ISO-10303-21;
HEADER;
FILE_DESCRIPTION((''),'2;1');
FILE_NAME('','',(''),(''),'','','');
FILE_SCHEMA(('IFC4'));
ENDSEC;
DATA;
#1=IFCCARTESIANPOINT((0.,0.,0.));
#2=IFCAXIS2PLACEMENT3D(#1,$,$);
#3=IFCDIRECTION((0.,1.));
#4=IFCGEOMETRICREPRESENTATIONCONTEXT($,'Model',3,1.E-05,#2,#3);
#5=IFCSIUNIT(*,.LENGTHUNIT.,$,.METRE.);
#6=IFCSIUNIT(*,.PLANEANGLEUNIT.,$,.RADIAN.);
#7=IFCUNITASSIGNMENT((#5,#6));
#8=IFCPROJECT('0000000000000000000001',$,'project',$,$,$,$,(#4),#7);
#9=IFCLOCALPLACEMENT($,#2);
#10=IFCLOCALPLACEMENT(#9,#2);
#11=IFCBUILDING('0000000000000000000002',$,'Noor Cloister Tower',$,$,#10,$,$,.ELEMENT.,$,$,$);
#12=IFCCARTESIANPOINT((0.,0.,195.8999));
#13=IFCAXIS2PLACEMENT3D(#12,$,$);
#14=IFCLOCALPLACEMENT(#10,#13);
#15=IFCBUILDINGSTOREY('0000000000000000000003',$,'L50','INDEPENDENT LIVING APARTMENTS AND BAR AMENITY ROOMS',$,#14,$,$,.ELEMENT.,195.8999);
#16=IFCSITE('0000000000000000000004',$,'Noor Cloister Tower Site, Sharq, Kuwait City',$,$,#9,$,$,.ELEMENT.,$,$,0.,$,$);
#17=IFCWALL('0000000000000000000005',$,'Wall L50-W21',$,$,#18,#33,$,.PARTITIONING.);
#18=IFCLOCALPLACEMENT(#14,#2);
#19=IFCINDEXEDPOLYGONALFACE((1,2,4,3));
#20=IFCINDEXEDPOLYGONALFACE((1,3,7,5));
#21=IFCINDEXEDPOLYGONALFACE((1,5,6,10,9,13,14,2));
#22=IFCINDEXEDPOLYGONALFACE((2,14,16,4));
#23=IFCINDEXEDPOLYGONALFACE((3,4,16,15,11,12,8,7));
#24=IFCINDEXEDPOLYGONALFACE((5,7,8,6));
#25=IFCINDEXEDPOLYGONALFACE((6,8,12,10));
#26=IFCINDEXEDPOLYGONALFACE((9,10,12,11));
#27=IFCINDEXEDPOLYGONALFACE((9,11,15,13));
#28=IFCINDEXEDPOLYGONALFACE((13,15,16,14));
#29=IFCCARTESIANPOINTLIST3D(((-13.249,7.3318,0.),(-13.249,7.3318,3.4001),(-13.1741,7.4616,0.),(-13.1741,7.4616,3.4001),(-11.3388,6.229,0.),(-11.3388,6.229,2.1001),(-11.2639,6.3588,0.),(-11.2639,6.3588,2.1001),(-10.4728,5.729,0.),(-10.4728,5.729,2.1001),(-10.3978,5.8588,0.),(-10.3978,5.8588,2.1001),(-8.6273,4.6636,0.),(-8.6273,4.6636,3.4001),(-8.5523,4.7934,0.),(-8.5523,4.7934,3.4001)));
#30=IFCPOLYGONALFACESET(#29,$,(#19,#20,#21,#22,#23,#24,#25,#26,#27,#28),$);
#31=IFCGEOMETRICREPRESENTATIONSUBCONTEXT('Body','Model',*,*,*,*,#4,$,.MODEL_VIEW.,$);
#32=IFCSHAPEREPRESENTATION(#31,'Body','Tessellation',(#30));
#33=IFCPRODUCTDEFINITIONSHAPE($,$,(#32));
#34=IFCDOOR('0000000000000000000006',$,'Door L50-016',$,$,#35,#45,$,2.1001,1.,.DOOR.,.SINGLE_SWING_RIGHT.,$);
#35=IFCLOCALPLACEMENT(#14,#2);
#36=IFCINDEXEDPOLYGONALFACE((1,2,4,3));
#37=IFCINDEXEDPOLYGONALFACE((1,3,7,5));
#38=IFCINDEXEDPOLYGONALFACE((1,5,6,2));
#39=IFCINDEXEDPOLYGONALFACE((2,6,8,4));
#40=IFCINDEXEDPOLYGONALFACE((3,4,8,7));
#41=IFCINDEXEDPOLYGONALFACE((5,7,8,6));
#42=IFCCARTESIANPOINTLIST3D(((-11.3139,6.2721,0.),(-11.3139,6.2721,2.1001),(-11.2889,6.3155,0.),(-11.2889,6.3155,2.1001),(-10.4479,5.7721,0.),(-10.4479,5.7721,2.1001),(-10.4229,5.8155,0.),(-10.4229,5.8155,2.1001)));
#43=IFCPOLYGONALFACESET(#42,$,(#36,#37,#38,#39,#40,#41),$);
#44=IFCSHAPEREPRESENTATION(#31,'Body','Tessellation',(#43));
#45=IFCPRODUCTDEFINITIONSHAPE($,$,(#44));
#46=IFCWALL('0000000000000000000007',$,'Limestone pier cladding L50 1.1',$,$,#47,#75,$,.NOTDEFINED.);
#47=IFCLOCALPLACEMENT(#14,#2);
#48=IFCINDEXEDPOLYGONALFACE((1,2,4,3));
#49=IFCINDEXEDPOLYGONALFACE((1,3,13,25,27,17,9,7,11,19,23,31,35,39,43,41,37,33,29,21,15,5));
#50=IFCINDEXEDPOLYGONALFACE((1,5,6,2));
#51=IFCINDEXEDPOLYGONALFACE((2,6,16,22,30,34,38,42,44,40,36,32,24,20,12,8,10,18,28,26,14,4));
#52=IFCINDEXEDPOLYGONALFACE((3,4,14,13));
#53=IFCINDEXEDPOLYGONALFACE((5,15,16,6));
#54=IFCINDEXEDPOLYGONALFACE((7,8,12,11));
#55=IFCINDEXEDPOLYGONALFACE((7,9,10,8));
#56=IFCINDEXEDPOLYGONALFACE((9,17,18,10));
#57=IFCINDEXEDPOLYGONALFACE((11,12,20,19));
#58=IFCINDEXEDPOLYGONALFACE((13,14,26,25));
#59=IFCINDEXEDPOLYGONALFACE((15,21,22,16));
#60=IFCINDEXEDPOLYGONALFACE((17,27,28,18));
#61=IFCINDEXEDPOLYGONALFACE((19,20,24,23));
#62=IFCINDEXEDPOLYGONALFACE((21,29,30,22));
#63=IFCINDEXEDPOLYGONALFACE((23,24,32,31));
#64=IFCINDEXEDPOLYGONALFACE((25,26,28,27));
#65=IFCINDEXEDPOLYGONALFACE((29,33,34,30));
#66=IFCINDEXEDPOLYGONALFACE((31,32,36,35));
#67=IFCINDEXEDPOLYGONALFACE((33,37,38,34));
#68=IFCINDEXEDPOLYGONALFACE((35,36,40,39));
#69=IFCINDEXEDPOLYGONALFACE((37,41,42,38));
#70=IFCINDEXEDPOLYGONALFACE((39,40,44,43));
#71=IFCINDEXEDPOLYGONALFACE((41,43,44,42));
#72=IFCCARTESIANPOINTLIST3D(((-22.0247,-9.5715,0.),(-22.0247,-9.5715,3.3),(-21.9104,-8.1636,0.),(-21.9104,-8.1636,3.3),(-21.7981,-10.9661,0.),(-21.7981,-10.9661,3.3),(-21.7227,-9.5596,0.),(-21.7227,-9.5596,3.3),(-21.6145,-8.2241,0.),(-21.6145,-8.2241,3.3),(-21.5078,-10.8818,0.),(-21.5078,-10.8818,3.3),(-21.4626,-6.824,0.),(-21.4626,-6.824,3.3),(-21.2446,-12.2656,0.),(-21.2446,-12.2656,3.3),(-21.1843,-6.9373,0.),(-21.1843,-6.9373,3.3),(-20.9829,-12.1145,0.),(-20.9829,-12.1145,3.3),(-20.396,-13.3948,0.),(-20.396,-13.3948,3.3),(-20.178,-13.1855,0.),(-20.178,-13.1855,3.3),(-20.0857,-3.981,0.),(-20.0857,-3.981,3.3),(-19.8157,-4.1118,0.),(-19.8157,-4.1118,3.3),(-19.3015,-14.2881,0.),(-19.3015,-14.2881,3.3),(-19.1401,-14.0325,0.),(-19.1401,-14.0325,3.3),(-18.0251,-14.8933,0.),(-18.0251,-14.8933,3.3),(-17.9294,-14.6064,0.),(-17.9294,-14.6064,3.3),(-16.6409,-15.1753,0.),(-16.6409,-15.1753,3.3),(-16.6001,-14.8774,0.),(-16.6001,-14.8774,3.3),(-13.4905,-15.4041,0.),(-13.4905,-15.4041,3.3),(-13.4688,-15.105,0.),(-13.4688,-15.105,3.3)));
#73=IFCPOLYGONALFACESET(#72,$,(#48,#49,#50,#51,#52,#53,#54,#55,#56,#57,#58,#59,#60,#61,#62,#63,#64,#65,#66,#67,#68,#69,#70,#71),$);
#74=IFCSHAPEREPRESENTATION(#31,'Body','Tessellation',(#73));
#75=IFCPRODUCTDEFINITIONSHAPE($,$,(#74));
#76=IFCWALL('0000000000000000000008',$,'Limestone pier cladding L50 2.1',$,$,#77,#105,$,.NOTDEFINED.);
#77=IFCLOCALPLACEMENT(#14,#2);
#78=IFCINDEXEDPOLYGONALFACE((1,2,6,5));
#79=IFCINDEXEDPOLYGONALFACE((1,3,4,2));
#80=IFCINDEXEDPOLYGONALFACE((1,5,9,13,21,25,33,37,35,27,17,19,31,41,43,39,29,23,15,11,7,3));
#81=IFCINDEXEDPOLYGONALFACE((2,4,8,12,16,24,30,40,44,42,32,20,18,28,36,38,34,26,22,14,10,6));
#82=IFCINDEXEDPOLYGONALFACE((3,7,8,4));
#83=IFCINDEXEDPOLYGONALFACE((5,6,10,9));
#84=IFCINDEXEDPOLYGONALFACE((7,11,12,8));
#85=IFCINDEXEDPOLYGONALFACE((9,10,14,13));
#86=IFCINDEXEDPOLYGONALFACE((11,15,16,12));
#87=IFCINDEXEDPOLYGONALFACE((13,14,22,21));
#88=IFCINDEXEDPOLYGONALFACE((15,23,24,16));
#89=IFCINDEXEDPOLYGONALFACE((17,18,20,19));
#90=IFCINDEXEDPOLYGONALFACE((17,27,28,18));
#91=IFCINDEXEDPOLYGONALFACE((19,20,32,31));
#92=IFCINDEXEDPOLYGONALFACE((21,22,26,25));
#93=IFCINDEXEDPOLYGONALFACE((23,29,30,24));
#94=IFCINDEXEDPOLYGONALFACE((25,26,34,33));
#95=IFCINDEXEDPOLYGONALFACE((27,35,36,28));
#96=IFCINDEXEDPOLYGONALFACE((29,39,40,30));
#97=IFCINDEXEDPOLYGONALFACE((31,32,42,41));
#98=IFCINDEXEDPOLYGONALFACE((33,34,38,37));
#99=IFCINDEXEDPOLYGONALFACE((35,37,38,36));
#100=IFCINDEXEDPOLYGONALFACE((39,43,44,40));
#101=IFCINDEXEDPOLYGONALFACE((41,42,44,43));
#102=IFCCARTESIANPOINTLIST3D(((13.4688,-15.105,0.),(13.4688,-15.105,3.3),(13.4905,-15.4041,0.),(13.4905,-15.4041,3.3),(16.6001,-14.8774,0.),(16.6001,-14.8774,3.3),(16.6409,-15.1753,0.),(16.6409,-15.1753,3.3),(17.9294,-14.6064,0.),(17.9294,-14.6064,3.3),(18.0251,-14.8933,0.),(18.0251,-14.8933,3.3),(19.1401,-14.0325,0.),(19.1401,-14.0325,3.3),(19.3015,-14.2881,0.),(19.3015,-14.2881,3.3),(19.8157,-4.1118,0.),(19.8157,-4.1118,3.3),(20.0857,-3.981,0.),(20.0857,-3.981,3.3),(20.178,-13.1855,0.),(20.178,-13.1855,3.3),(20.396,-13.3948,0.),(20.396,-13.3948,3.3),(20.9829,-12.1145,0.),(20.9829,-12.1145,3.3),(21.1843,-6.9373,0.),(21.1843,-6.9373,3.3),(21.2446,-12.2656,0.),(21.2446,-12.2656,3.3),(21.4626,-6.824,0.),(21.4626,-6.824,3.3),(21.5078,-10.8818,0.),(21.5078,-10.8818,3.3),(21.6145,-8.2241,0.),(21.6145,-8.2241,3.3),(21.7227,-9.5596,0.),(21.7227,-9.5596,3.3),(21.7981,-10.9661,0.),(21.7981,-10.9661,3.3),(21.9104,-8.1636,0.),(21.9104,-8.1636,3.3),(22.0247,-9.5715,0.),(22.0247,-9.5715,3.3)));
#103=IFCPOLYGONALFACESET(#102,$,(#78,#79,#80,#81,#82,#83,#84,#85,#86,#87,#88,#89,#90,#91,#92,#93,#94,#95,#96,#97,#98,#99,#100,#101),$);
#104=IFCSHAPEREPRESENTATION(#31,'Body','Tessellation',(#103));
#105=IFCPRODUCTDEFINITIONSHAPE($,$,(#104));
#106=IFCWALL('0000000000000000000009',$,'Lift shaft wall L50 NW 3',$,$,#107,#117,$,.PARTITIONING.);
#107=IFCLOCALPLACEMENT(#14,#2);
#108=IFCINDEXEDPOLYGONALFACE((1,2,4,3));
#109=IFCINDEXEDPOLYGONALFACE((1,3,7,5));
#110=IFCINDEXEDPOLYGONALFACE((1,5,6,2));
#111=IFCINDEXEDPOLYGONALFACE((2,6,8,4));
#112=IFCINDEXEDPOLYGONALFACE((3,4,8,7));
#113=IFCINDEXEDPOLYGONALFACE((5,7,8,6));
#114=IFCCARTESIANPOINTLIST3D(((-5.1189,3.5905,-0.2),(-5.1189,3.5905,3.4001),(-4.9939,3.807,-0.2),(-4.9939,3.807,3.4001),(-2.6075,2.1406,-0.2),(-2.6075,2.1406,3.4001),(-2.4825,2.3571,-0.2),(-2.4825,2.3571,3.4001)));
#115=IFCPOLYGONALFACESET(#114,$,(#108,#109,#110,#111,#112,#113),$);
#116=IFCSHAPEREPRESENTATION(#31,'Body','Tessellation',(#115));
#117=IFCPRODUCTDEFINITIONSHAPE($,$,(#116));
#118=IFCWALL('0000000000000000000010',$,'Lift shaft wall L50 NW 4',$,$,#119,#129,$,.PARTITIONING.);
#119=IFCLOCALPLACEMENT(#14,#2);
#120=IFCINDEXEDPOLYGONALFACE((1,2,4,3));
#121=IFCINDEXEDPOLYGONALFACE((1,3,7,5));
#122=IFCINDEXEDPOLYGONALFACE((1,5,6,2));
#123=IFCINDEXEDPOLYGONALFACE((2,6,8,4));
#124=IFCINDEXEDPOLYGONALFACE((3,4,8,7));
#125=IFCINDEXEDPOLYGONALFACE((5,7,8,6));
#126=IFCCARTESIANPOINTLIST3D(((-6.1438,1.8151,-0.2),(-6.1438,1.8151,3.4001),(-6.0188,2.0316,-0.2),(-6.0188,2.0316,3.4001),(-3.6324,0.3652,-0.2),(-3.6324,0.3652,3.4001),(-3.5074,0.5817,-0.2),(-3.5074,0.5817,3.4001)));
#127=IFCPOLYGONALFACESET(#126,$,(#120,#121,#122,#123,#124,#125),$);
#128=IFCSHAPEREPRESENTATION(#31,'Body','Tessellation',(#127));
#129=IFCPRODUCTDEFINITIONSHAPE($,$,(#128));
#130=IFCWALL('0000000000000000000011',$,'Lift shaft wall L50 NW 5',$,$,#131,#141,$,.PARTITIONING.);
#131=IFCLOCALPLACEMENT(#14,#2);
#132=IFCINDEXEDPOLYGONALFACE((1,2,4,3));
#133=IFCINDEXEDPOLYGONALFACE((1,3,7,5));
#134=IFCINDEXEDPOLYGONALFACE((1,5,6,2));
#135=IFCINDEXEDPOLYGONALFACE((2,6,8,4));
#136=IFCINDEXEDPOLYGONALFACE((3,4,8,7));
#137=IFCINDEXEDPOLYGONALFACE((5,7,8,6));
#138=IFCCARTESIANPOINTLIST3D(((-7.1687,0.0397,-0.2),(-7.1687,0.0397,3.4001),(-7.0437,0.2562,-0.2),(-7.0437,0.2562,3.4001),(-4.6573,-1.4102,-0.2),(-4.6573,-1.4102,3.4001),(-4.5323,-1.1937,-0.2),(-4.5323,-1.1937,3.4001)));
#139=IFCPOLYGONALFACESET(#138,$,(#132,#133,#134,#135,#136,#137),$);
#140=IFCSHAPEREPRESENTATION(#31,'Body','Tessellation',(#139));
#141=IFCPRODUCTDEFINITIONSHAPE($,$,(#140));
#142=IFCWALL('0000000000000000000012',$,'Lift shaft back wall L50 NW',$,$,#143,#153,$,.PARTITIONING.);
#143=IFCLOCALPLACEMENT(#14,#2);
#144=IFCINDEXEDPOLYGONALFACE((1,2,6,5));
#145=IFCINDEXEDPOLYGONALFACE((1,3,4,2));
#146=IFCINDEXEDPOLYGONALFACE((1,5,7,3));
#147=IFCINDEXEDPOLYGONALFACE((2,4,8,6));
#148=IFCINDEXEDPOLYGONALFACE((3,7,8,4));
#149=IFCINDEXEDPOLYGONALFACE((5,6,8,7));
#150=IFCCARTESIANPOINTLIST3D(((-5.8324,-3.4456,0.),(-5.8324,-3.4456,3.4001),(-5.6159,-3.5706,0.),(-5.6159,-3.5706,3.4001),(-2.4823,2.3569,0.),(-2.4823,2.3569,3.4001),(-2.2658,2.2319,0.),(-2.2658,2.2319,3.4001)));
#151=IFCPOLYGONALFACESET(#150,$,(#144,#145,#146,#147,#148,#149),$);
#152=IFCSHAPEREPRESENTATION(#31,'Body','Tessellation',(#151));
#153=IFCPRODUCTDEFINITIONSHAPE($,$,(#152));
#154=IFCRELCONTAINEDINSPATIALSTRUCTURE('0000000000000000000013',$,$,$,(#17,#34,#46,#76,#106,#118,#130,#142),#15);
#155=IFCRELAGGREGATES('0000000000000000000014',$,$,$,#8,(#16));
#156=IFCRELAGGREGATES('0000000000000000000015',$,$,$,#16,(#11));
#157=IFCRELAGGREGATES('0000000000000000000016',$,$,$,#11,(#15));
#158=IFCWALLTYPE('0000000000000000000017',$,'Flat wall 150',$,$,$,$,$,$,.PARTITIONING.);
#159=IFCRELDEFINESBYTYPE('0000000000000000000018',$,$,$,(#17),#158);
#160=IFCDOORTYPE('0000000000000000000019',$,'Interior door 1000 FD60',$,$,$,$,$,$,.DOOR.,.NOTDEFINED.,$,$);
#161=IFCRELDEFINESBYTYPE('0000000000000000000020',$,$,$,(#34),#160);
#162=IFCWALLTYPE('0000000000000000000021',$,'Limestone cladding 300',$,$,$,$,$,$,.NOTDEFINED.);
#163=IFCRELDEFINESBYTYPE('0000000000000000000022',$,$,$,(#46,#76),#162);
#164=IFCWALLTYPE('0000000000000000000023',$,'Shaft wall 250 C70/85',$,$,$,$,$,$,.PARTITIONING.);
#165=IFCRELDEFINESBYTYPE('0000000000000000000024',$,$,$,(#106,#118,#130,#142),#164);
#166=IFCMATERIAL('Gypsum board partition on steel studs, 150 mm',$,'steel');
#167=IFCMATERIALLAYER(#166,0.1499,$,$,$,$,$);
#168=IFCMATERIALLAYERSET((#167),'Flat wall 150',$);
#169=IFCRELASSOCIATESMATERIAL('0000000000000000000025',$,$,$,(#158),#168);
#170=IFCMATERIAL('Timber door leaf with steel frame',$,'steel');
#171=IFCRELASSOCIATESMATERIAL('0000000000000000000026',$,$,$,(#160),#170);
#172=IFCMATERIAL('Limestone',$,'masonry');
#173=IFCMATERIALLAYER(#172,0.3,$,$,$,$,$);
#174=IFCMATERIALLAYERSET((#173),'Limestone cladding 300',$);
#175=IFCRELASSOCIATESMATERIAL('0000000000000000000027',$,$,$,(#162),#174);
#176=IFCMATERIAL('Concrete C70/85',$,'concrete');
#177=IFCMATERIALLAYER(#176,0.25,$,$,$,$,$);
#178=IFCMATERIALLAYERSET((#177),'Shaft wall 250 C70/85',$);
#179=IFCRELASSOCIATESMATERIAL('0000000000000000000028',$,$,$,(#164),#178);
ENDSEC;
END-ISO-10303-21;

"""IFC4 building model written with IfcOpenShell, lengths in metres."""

from ifc_helpers import new_model, si_unit, direction, frame, frame_2d, origin, place, context, subcontext, project, spatial, polyline, rectangle, outline, extrude, material, layer, layer_set, type_object, element, fill, save


model = new_model("IFC4")

# Units and contexts
model_context = context("Model", 3, precision=1e-05, world=origin(), true_north=direction((0.0, 1.0)))
body_context = subcontext(model_context, "Body", "Model", "MODEL_VIEW")
ifc_project = project(units=[si_unit("LENGTHUNIT", "METRE"), si_unit("PLANEANGLEUNIT", "RADIAN")], contexts=[model_context])

# Site, building, storey
site_placement = place(None, origin())
site = spatial("IfcSite", under=ifc_project, at=site_placement, Name="Noor Cloister Tower Site, Sharq, Kuwait City", CompositionType="ELEMENT", RefElevation=0.0)
building_placement = place(site_placement, origin())
building = spatial("IfcBuilding", under=site, at=building_placement, Name="Noor Cloister Tower", CompositionType="ELEMENT")
storey_placement = place(building_placement, frame((0.0, 0.0, 195.8999)))
storey = spatial("IfcBuildingStorey", under=building, at=storey_placement, Name="L50", Description="INDEPENDENT LIVING APARTMENTS AND BAR AMENITY ROOMS", CompositionType="ELEMENT", Elevation=195.8999)

# Wall, opening, door
ifc_material_1 = material(Name="Gypsum board partition on steel studs, 150 mm", Category="steel")
ifc_layer_1 = layer(ifc_material_1, 0.1499)
ifc_layer_set_1 = layer_set([ifc_layer_1], Name="Flat wall 150")
wall_type_1 = type_object("IfcWallType", Name="Flat wall 150", PredefinedType="PARTITIONING", material=ifc_layer_set_1)
wall_1_placement = place(storey_placement, frame((-13.2117, 7.3967, 0.0), z_axis=(0.0, 0.0, 1.0), x_axis=(0.866042, -0.499972, 0.0)))
wall_1 = element("IfcWall", 1, at=wall_1_placement, inside=storey, type_object=wall_type_1, Name="Wall L50-W21", PredefinedType="PARTITIONING", context=body_context, shape_type="SweptSolid", body=[
    extrude(rectangle(XDim=5.3367, YDim=0.1499, at=frame_2d((2.6685, 0.0))), origin(), (0.0, 0.0, 1.0), 3.4001),
])
opening_1_placement = place(wall_1_placement, frame((2.2058, 0.0, 0.0)))
opening_1 = element("IfcOpeningElement", 2, at=opening_1_placement, cuts=wall_1, PredefinedType="OPENING", context=body_context, shape_type="SweptSolid", body=[
    extrude(rectangle(XDim=1.0, YDim=2.1001, at=frame_2d((0.5, 1.05))), frame((0.0, 0.085, 0.0), z_axis=(0.0, -1.0, 0.0), x_axis=(1.0, 0.0, 0.0)), (0.0, 0.0, 1.0), 0.1699),
])
ifc_material_2 = material(Name="Timber door leaf with steel frame", Category="steel")
door_type_1 = type_object("IfcDoorType", Name="Interior door 1000 FD60", OperationType="NOTDEFINED", PredefinedType="DOOR", material=ifc_material_2)
door_1_placement = place(opening_1_placement, origin())
door_1 = element("IfcDoor", 3, at=door_1_placement, inside=storey, type_object=door_type_1, Name="Door L50-016", OperationType="SINGLE_SWING_RIGHT", OverallHeight=2.1001, OverallWidth=1.0, PredefinedType="DOOR", context=body_context, shape_type="SweptSolid", body=[
    extrude(rectangle(XDim=1.0, YDim=2.1001, at=frame_2d((0.5, 1.05))), frame((0.0, 0.0249, 0.0), z_axis=(0.0, -1.0, 0.0), x_axis=(1.0, 0.0, 0.0)), (0.0, 0.0, 1.0), 0.05),
])
fill(opening_1, door_1)

# Walls
ifc_material_3 = material(Name="Limestone", Category="masonry")
ifc_layer_2 = layer(ifc_material_3, 0.3)
ifc_layer_set_2 = layer_set([ifc_layer_2], Name="Limestone cladding 300")
wall_type_2 = type_object("IfcWallType", Name="Limestone cladding 300", PredefinedType="NOTDEFINED", material=ifc_layer_set_2)
wall_2_placement = place(storey_placement, origin())
element("IfcWall", 4, at=wall_2_placement, inside=storey, type_object=wall_type_2, Name="Limestone pier cladding L50 1.1", PredefinedType="NOTDEFINED", context=body_context, shape_type="SweptSolid", body=[
    extrude(outline(polyline([(-20.0857, -3.981), (-21.4626, -6.824), (-21.9104, -8.1636), (-22.0247, -9.5715), (-21.7981, -10.9661), (-21.2446, -12.2656), (-20.396, -13.3948), (-19.3015, -14.2881), (-18.0251, -14.8933), (-16.6409, -15.1753), (-13.4905, -15.4041), (-13.4688, -15.105), (-16.6001, -14.8774), (-17.9294, -14.6064), (-19.1401, -14.0325), (-20.178, -13.1855), (-20.9829, -12.1145), (-21.5078, -10.8818), (-21.7227, -9.5596), (-21.6145, -8.2241), (-21.1843, -6.9373), (-19.8157, -4.1118), (-20.0857, -3.981)])), origin(), (0.0, 0.0, 1.0), 3.3),
])
wall_3_placement = place(storey_placement, origin())
element("IfcWall", 5, at=wall_3_placement, inside=storey, type_object=wall_type_2, Name="Limestone pier cladding L50 2.1", PredefinedType="NOTDEFINED", context=body_context, shape_type="SweptSolid", body=[
    extrude(outline(polyline([(13.4905, -15.4041), (16.6409, -15.1753), (18.0251, -14.8933), (19.3015, -14.2881), (20.396, -13.3948), (21.2446, -12.2656), (21.7981, -10.9661), (22.0247, -9.5715), (21.9104, -8.1636), (21.4626, -6.824), (20.0857, -3.981), (19.8157, -4.1118), (21.1843, -6.9373), (21.6145, -8.2241), (21.7227, -9.5596), (21.5078, -10.8818), (20.9829, -12.1145), (20.178, -13.1855), (19.1401, -14.0325), (17.9294, -14.6064), (16.6001, -14.8774), (13.4688, -15.105), (13.4905, -15.4041)])), origin(), (0.0, 0.0, 1.0), 3.3),
])
ifc_material_4 = material(Name="Concrete C70/85", Category="concrete")
ifc_layer_3 = layer(ifc_material_4, 0.25)
ifc_layer_set_3 = layer_set([ifc_layer_3], Name="Shaft wall 250 C70/85")
wall_type_3 = type_object("IfcWallType", Name="Shaft wall 250 C70/85", PredefinedType="PARTITIONING", material=ifc_layer_set_3)
for number, where, z_axis, x_axis, name in (
    (6, (-5.0564, 3.6987, -0.2), (0.0, 0.0, 1.0), (0.866033, -0.499987, 0.0), "Lift shaft wall L50 NW 3"),
    (7, (-6.0813, 1.9233, -0.2), (0.0, 0.0, 1.0), (0.866033, -0.499987, 0.0), "Lift shaft wall L50 NW 4"),
    (8, (-7.1062, 0.1479, -0.2), (0.0, 0.0, 1.0), (0.866033, -0.499987, 0.0), "Lift shaft wall L50 NW 5"),
):
    element("IfcWall", number, at=place(storey_placement, frame(where, z_axis=z_axis, x_axis=x_axis)), inside=storey, type_object=wall_type_3, Name=name, PredefinedType="PARTITIONING", context=body_context, shape_type="SweptSolid", body=[
        extrude(rectangle(XDim=2.8999, YDim=0.25, at=frame_2d((1.45, 0.0))), origin(), (0.0, 0.0, 1.0), 3.6001),
    ])
wall_4_placement = place(storey_placement, frame((-2.374, 2.2944, 0.0), z_axis=(0.0, 0.0, 1.0), x_axis=(-0.500003, -0.866024, 0.0)))
element("IfcWall", 9, at=wall_4_placement, inside=storey, type_object=wall_type_3, Name="Lift shaft back wall L50 NW", PredefinedType="PARTITIONING", context=body_context, shape_type="SweptSolid", body=[
    extrude(rectangle(XDim=6.7002, YDim=0.25, at=frame_2d((3.3501, 0.0))), origin(), (0.0, 0.0, 1.0), 3.4001),
])

save(model, "model.ifc")
